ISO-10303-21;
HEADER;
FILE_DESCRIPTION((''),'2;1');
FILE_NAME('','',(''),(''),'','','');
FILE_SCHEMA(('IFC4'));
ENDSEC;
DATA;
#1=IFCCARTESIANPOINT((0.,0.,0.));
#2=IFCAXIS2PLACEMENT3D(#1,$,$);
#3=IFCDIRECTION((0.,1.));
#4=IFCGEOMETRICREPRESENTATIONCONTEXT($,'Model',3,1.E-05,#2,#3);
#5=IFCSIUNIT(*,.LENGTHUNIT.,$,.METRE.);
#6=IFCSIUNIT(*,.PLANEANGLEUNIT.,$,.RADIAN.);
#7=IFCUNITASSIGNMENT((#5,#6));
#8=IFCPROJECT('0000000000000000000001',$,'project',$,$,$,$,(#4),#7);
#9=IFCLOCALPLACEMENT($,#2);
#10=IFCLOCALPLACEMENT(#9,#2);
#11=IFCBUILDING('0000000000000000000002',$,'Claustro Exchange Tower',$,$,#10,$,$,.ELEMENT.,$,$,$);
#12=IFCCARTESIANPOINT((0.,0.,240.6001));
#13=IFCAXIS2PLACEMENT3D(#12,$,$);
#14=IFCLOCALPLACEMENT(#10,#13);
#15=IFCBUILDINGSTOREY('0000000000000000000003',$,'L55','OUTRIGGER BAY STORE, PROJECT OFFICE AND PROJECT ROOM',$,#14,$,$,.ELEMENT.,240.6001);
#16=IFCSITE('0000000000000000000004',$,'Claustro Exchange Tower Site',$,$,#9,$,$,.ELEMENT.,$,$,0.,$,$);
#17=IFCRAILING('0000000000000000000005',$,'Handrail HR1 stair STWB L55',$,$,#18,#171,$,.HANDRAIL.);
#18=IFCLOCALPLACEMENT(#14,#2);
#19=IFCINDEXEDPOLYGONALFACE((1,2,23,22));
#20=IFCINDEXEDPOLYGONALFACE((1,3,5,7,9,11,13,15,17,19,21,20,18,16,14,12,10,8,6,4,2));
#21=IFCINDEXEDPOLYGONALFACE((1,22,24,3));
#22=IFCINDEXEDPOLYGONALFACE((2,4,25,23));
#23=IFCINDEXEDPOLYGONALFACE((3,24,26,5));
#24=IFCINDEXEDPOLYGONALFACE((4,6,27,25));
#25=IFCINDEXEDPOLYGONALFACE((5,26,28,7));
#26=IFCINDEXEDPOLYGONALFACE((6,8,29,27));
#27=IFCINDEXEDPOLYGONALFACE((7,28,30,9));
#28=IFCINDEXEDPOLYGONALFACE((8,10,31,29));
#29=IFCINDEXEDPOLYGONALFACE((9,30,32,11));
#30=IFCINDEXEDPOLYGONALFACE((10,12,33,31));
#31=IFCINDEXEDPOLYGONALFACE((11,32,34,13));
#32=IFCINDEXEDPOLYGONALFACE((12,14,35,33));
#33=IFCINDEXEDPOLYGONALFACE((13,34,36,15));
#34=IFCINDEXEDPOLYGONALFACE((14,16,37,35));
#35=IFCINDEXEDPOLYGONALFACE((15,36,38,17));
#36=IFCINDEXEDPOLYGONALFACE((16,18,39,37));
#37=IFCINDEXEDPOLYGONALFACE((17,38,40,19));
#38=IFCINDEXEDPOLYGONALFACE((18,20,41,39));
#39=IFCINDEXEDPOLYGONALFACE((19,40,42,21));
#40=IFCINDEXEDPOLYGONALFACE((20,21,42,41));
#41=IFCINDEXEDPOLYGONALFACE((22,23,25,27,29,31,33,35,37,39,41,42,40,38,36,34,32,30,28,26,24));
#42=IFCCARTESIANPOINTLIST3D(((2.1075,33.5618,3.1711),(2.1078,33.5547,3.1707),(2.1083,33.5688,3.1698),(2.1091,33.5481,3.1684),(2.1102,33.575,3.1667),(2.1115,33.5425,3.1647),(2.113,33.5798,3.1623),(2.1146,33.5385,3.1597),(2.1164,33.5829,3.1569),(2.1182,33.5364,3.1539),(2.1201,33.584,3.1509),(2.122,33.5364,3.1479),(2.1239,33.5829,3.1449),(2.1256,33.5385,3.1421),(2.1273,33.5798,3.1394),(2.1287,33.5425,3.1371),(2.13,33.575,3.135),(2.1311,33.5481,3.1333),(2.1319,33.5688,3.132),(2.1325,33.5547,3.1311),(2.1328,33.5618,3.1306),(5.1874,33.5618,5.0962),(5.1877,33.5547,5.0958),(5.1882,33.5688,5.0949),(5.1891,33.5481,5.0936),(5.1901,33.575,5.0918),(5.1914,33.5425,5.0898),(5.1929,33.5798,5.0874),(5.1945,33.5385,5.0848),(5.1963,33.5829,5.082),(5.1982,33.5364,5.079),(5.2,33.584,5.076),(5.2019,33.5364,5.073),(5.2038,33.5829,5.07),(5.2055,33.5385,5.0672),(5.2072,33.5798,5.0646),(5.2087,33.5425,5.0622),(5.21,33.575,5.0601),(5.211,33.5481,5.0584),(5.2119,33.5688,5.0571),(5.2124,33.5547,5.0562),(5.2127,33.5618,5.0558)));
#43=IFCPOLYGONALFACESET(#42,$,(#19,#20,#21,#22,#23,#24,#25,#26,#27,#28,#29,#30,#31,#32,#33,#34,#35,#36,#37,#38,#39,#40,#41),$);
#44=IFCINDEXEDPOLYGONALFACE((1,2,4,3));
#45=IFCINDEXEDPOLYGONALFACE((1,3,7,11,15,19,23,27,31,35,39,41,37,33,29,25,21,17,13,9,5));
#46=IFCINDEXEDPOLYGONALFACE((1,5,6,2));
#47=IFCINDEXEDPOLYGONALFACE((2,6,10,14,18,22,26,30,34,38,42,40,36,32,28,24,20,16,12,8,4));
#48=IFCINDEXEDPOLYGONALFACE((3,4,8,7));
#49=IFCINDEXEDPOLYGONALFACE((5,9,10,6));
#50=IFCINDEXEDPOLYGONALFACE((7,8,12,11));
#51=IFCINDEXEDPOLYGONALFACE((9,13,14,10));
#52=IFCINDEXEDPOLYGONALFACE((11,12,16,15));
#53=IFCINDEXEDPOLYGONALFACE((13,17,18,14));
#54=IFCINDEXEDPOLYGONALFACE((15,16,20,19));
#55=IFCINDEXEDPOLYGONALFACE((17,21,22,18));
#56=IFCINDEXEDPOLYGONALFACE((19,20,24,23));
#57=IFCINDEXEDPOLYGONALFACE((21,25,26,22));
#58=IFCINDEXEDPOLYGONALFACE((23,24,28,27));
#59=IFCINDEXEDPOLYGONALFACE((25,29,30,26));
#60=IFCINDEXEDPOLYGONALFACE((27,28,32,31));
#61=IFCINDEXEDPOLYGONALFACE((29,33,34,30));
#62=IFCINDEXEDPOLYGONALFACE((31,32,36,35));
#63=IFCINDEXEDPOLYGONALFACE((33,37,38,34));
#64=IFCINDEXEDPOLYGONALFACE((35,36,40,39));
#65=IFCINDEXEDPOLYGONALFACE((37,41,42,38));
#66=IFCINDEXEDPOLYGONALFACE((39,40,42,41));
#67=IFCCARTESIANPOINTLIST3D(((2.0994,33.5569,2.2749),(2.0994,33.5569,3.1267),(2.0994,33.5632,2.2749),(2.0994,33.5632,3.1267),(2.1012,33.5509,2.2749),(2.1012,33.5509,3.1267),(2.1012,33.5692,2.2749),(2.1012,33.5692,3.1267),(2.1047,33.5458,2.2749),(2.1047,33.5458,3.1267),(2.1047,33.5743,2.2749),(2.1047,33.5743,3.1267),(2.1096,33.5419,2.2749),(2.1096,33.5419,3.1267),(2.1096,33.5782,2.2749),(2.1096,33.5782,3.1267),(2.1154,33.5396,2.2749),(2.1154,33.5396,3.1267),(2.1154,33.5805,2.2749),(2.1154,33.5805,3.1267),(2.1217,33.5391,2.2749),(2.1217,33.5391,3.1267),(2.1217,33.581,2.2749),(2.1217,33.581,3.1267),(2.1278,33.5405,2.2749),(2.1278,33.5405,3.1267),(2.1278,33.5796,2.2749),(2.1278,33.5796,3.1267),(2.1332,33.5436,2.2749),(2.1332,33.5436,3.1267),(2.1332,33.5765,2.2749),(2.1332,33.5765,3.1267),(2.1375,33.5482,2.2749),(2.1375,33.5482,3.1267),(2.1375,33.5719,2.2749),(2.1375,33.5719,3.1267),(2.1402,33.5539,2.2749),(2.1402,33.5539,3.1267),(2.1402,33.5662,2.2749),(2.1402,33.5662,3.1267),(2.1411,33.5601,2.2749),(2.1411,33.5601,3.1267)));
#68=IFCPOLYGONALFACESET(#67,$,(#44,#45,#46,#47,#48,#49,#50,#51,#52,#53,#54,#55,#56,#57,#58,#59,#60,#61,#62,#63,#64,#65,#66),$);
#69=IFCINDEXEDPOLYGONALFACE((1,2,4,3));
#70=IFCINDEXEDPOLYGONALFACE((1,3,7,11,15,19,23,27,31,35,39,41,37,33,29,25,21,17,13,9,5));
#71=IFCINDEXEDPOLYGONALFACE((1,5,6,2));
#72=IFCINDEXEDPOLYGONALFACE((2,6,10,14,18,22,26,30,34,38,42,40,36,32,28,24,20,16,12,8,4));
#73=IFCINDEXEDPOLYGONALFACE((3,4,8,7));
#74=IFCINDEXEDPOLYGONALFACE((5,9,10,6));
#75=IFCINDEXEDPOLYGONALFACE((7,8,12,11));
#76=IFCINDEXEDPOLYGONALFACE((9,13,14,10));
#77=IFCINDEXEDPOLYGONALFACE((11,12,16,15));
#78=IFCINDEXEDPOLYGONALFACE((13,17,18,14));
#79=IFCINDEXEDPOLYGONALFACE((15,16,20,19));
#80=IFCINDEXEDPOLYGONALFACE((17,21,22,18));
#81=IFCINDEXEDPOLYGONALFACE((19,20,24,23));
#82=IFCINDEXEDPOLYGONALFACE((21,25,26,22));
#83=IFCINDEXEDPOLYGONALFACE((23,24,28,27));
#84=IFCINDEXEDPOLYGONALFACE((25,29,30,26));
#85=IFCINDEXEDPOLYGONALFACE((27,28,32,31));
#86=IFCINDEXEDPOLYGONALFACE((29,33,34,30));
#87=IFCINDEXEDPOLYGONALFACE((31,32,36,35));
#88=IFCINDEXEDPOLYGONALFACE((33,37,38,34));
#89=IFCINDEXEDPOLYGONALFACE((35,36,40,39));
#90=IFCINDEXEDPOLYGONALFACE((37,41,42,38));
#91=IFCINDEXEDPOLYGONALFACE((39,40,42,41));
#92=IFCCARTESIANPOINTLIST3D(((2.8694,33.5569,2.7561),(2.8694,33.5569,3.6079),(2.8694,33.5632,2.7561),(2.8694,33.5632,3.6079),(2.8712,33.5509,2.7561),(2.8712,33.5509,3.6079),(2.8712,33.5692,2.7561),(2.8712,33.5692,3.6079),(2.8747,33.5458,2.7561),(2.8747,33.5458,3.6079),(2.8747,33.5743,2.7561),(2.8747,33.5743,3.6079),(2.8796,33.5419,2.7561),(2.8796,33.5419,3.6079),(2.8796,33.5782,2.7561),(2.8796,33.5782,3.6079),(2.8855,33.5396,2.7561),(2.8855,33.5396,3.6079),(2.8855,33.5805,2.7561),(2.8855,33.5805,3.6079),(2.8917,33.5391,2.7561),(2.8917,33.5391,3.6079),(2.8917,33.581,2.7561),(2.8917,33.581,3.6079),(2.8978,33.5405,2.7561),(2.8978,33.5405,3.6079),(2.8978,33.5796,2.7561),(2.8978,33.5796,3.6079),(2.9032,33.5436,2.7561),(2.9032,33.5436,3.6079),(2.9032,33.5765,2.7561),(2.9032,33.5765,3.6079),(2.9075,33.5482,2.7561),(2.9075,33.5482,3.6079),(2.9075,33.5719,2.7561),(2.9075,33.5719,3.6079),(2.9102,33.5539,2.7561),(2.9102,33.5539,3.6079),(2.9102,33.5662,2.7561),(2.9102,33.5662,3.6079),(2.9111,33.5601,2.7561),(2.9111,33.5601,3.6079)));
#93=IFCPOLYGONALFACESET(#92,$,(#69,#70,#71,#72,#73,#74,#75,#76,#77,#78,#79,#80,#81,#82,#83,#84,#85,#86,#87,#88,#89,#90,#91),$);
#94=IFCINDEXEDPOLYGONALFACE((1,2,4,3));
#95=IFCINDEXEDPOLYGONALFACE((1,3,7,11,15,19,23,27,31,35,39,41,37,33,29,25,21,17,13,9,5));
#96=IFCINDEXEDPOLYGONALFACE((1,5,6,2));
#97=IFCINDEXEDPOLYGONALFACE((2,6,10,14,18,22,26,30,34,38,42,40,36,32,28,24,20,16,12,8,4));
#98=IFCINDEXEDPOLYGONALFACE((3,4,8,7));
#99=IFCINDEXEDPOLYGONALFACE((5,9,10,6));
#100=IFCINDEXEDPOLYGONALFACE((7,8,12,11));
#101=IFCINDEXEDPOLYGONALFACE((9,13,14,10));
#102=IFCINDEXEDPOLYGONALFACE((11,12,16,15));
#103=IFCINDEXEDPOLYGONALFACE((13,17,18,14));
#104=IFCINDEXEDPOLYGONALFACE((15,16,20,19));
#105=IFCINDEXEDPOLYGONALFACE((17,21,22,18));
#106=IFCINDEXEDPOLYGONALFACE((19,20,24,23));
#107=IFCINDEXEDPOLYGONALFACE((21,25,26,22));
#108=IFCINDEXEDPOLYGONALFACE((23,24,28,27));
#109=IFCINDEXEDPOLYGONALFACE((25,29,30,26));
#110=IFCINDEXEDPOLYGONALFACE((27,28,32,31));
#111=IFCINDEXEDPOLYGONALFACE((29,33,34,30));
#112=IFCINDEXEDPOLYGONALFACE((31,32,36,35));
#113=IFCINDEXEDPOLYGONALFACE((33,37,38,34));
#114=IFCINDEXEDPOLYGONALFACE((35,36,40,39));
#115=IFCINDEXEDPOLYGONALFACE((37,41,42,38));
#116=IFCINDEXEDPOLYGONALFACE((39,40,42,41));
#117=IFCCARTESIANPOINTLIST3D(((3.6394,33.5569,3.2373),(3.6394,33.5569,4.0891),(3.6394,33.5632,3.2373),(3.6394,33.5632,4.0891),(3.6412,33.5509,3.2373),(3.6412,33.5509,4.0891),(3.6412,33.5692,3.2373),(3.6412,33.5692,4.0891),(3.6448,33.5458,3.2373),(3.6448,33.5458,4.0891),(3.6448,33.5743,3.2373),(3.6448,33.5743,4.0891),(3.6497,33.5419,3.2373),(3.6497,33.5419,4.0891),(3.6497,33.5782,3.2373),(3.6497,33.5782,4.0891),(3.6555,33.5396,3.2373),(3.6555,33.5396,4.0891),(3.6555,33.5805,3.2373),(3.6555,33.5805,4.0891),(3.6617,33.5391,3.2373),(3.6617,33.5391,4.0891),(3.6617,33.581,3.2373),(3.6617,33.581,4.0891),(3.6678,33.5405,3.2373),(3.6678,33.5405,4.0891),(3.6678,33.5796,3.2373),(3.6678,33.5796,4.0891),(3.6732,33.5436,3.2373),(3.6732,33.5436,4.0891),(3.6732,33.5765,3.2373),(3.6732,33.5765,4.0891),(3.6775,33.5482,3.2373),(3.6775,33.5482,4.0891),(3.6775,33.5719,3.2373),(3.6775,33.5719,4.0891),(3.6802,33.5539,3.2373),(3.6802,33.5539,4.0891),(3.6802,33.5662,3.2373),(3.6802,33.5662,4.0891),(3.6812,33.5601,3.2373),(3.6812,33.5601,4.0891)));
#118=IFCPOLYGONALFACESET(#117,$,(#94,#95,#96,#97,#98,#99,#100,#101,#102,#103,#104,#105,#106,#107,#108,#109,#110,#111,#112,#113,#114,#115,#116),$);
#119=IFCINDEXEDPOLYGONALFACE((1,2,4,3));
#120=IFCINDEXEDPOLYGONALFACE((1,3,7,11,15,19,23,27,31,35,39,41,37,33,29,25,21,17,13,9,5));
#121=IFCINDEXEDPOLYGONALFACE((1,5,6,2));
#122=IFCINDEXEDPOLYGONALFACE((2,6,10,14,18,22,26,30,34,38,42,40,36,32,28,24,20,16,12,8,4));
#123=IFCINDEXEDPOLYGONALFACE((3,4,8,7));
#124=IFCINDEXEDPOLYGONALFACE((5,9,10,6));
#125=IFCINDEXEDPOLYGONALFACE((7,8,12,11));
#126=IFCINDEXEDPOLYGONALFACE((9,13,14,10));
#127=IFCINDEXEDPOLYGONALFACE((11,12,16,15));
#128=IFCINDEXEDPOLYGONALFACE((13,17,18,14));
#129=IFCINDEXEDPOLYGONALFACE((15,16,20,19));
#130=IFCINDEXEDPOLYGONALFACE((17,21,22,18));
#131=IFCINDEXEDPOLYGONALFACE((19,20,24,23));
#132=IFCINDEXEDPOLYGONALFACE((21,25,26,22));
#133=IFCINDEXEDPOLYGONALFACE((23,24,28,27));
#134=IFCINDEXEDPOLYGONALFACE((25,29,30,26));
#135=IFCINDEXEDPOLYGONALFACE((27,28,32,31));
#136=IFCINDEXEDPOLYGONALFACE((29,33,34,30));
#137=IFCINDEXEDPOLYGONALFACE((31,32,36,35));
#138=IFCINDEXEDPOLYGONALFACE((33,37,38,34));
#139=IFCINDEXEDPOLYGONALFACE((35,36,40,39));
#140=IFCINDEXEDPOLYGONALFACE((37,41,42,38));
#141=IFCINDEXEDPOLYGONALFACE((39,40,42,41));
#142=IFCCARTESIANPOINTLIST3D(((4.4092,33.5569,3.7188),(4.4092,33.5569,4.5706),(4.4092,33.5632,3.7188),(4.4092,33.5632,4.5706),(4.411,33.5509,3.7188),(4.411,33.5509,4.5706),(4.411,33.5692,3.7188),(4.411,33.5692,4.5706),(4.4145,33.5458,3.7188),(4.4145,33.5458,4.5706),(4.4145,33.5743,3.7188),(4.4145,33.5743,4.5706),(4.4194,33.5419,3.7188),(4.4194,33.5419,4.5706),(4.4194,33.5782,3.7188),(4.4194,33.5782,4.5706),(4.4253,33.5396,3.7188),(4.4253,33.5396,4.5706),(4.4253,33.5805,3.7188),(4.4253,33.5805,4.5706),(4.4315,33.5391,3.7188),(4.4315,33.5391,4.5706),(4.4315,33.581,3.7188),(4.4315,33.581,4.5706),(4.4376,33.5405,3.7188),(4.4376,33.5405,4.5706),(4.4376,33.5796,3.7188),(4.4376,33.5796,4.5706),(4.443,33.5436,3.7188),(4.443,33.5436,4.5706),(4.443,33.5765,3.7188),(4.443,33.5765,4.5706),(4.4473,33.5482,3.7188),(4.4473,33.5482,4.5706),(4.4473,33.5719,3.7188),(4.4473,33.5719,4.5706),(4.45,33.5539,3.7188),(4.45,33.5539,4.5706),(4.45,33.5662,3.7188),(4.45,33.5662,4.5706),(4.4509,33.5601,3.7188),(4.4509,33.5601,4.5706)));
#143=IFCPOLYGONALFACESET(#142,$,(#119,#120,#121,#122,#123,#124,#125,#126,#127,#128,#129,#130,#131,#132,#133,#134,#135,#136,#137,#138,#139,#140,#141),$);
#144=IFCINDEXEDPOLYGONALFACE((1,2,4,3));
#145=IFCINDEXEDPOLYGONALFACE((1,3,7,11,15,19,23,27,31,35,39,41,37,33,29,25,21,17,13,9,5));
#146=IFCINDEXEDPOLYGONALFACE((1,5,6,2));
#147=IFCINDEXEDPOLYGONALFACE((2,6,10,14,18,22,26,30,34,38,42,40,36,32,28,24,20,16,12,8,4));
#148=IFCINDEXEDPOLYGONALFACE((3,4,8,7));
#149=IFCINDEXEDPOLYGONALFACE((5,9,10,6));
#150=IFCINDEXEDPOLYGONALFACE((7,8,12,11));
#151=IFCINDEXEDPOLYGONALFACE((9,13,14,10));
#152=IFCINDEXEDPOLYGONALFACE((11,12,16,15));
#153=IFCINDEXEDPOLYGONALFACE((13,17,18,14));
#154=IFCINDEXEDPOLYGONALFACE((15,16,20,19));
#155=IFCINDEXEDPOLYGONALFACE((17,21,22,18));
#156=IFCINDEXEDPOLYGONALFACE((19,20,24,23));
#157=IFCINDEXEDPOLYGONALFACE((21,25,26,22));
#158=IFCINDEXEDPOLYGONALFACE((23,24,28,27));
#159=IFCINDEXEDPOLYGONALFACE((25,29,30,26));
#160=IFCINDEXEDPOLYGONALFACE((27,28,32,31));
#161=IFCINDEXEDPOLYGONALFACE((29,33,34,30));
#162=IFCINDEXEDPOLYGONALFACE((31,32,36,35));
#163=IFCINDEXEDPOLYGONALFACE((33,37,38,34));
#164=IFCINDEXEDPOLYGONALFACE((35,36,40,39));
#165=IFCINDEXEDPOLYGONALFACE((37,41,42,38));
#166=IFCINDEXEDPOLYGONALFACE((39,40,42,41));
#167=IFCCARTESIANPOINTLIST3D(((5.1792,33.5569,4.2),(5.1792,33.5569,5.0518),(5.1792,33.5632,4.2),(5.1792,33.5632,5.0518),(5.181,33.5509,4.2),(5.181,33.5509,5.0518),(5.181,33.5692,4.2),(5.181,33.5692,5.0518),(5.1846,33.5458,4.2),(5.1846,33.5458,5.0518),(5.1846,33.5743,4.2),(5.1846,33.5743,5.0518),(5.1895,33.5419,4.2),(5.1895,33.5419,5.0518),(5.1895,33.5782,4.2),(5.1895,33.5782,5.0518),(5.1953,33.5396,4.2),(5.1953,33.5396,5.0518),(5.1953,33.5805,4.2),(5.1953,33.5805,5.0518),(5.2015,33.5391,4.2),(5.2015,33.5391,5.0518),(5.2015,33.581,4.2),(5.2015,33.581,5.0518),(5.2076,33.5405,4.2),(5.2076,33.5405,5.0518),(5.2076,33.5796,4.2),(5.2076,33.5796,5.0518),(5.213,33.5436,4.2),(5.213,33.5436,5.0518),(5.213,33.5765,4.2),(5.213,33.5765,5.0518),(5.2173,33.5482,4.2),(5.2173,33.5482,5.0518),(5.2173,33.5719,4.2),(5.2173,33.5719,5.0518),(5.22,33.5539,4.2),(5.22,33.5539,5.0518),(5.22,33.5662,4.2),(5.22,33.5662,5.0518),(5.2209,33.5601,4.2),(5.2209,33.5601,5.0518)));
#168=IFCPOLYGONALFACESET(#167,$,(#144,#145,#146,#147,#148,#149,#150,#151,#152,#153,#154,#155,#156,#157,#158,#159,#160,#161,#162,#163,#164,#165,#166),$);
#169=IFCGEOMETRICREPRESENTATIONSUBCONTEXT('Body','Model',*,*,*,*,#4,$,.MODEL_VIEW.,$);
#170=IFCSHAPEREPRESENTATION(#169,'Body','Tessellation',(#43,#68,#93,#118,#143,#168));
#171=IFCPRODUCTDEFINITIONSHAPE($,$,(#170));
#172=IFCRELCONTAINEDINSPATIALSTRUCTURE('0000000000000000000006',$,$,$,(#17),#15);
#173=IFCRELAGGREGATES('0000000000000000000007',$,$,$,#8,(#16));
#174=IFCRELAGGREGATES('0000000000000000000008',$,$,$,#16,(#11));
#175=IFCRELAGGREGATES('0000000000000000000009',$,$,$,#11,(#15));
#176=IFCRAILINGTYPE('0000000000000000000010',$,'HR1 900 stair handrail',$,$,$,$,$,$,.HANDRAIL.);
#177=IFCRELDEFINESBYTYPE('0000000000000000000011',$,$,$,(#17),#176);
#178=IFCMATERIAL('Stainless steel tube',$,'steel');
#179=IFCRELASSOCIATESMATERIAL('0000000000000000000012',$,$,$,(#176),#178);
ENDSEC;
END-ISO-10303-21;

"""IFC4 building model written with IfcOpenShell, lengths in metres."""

from ifc_helpers import new_model, si_unit, direction, frame, origin, origin_2d, place, context, subcontext, project, spatial, circle, extrude, material, type_object, element, save


model = new_model("IFC4")

# Units and contexts
model_context = context("Model", 3, precision=1e-05, world=origin(), true_north=direction((0.0, 1.0)))
body_context = subcontext(model_context, "Body", "Model", "MODEL_VIEW")
ifc_project = project(units=[si_unit("LENGTHUNIT", "METRE"), si_unit("PLANEANGLEUNIT", "RADIAN")], contexts=[model_context])

# Site, building, storey
site_placement = place(None, origin())
site = spatial("IfcSite", under=ifc_project, at=site_placement, Name="Claustro Exchange Tower Site", CompositionType="ELEMENT", RefElevation=0.0)
building_placement = place(site_placement, origin())
building = spatial("IfcBuilding", under=site, at=building_placement, Name="Claustro Exchange Tower", CompositionType="ELEMENT")
storey_placement = place(building_placement, frame((0.0, 0.0, 240.6001)))
storey = spatial("IfcBuildingStorey", under=building, at=storey_placement, Name="L55", Description="OUTRIGGER BAY STORE, PROJECT OFFICE AND PROJECT ROOM", CompositionType="ELEMENT", Elevation=240.6001)

# Railing
ifc_material_1 = material(Name="Stainless steel tube", Category="steel")
railing_type_1 = type_object("IfcRailingType", Name="HR1 900 stair handrail", PredefinedType="HANDRAIL", material=ifc_material_1)
railing_1_placement = place(storey_placement, frame((2.1201, 33.5601, 2.2749)))
element("IfcRailing", 1, at=railing_1_placement, inside=storey, type_object=railing_type_1, Name="Handrail HR1 stair STWB L55", PredefinedType="HANDRAIL", context=body_context, shape_type="SweptSolid", body=[
    extrude(circle(Radius=0.0239, at=origin_2d()), frame((0.0, 0.0, 0.876), z_axis=(0.847979, 0.0, 0.530029), x_axis=(0.0, 1.0, 0.0)), (0.0, 0.0, 1.0), 3.6321),
    extrude(circle(Radius=0.021, at=origin_2d()), origin(), (0.0, 0.0, 1.0), 0.8518),
    extrude(circle(Radius=0.021, at=origin_2d()), frame((0.77, 0.0, 0.4812)), (0.0, 0.0, 1.0), 0.8518),
    extrude(circle(Radius=0.021, at=origin_2d()), frame((1.54, 0.0, 0.9624)), (0.0, 0.0, 1.0), 0.8518),
    extrude(circle(Radius=0.021, at=origin_2d()), frame((2.3098, 0.0, 1.4438)), (0.0, 0.0, 1.0), 0.8518),
    extrude(circle(Radius=0.021, at=origin_2d()), frame((3.0798, 0.0, 1.925)), (0.0, 0.0, 1.0), 0.8518),
])

save(model, "model.ifc")
